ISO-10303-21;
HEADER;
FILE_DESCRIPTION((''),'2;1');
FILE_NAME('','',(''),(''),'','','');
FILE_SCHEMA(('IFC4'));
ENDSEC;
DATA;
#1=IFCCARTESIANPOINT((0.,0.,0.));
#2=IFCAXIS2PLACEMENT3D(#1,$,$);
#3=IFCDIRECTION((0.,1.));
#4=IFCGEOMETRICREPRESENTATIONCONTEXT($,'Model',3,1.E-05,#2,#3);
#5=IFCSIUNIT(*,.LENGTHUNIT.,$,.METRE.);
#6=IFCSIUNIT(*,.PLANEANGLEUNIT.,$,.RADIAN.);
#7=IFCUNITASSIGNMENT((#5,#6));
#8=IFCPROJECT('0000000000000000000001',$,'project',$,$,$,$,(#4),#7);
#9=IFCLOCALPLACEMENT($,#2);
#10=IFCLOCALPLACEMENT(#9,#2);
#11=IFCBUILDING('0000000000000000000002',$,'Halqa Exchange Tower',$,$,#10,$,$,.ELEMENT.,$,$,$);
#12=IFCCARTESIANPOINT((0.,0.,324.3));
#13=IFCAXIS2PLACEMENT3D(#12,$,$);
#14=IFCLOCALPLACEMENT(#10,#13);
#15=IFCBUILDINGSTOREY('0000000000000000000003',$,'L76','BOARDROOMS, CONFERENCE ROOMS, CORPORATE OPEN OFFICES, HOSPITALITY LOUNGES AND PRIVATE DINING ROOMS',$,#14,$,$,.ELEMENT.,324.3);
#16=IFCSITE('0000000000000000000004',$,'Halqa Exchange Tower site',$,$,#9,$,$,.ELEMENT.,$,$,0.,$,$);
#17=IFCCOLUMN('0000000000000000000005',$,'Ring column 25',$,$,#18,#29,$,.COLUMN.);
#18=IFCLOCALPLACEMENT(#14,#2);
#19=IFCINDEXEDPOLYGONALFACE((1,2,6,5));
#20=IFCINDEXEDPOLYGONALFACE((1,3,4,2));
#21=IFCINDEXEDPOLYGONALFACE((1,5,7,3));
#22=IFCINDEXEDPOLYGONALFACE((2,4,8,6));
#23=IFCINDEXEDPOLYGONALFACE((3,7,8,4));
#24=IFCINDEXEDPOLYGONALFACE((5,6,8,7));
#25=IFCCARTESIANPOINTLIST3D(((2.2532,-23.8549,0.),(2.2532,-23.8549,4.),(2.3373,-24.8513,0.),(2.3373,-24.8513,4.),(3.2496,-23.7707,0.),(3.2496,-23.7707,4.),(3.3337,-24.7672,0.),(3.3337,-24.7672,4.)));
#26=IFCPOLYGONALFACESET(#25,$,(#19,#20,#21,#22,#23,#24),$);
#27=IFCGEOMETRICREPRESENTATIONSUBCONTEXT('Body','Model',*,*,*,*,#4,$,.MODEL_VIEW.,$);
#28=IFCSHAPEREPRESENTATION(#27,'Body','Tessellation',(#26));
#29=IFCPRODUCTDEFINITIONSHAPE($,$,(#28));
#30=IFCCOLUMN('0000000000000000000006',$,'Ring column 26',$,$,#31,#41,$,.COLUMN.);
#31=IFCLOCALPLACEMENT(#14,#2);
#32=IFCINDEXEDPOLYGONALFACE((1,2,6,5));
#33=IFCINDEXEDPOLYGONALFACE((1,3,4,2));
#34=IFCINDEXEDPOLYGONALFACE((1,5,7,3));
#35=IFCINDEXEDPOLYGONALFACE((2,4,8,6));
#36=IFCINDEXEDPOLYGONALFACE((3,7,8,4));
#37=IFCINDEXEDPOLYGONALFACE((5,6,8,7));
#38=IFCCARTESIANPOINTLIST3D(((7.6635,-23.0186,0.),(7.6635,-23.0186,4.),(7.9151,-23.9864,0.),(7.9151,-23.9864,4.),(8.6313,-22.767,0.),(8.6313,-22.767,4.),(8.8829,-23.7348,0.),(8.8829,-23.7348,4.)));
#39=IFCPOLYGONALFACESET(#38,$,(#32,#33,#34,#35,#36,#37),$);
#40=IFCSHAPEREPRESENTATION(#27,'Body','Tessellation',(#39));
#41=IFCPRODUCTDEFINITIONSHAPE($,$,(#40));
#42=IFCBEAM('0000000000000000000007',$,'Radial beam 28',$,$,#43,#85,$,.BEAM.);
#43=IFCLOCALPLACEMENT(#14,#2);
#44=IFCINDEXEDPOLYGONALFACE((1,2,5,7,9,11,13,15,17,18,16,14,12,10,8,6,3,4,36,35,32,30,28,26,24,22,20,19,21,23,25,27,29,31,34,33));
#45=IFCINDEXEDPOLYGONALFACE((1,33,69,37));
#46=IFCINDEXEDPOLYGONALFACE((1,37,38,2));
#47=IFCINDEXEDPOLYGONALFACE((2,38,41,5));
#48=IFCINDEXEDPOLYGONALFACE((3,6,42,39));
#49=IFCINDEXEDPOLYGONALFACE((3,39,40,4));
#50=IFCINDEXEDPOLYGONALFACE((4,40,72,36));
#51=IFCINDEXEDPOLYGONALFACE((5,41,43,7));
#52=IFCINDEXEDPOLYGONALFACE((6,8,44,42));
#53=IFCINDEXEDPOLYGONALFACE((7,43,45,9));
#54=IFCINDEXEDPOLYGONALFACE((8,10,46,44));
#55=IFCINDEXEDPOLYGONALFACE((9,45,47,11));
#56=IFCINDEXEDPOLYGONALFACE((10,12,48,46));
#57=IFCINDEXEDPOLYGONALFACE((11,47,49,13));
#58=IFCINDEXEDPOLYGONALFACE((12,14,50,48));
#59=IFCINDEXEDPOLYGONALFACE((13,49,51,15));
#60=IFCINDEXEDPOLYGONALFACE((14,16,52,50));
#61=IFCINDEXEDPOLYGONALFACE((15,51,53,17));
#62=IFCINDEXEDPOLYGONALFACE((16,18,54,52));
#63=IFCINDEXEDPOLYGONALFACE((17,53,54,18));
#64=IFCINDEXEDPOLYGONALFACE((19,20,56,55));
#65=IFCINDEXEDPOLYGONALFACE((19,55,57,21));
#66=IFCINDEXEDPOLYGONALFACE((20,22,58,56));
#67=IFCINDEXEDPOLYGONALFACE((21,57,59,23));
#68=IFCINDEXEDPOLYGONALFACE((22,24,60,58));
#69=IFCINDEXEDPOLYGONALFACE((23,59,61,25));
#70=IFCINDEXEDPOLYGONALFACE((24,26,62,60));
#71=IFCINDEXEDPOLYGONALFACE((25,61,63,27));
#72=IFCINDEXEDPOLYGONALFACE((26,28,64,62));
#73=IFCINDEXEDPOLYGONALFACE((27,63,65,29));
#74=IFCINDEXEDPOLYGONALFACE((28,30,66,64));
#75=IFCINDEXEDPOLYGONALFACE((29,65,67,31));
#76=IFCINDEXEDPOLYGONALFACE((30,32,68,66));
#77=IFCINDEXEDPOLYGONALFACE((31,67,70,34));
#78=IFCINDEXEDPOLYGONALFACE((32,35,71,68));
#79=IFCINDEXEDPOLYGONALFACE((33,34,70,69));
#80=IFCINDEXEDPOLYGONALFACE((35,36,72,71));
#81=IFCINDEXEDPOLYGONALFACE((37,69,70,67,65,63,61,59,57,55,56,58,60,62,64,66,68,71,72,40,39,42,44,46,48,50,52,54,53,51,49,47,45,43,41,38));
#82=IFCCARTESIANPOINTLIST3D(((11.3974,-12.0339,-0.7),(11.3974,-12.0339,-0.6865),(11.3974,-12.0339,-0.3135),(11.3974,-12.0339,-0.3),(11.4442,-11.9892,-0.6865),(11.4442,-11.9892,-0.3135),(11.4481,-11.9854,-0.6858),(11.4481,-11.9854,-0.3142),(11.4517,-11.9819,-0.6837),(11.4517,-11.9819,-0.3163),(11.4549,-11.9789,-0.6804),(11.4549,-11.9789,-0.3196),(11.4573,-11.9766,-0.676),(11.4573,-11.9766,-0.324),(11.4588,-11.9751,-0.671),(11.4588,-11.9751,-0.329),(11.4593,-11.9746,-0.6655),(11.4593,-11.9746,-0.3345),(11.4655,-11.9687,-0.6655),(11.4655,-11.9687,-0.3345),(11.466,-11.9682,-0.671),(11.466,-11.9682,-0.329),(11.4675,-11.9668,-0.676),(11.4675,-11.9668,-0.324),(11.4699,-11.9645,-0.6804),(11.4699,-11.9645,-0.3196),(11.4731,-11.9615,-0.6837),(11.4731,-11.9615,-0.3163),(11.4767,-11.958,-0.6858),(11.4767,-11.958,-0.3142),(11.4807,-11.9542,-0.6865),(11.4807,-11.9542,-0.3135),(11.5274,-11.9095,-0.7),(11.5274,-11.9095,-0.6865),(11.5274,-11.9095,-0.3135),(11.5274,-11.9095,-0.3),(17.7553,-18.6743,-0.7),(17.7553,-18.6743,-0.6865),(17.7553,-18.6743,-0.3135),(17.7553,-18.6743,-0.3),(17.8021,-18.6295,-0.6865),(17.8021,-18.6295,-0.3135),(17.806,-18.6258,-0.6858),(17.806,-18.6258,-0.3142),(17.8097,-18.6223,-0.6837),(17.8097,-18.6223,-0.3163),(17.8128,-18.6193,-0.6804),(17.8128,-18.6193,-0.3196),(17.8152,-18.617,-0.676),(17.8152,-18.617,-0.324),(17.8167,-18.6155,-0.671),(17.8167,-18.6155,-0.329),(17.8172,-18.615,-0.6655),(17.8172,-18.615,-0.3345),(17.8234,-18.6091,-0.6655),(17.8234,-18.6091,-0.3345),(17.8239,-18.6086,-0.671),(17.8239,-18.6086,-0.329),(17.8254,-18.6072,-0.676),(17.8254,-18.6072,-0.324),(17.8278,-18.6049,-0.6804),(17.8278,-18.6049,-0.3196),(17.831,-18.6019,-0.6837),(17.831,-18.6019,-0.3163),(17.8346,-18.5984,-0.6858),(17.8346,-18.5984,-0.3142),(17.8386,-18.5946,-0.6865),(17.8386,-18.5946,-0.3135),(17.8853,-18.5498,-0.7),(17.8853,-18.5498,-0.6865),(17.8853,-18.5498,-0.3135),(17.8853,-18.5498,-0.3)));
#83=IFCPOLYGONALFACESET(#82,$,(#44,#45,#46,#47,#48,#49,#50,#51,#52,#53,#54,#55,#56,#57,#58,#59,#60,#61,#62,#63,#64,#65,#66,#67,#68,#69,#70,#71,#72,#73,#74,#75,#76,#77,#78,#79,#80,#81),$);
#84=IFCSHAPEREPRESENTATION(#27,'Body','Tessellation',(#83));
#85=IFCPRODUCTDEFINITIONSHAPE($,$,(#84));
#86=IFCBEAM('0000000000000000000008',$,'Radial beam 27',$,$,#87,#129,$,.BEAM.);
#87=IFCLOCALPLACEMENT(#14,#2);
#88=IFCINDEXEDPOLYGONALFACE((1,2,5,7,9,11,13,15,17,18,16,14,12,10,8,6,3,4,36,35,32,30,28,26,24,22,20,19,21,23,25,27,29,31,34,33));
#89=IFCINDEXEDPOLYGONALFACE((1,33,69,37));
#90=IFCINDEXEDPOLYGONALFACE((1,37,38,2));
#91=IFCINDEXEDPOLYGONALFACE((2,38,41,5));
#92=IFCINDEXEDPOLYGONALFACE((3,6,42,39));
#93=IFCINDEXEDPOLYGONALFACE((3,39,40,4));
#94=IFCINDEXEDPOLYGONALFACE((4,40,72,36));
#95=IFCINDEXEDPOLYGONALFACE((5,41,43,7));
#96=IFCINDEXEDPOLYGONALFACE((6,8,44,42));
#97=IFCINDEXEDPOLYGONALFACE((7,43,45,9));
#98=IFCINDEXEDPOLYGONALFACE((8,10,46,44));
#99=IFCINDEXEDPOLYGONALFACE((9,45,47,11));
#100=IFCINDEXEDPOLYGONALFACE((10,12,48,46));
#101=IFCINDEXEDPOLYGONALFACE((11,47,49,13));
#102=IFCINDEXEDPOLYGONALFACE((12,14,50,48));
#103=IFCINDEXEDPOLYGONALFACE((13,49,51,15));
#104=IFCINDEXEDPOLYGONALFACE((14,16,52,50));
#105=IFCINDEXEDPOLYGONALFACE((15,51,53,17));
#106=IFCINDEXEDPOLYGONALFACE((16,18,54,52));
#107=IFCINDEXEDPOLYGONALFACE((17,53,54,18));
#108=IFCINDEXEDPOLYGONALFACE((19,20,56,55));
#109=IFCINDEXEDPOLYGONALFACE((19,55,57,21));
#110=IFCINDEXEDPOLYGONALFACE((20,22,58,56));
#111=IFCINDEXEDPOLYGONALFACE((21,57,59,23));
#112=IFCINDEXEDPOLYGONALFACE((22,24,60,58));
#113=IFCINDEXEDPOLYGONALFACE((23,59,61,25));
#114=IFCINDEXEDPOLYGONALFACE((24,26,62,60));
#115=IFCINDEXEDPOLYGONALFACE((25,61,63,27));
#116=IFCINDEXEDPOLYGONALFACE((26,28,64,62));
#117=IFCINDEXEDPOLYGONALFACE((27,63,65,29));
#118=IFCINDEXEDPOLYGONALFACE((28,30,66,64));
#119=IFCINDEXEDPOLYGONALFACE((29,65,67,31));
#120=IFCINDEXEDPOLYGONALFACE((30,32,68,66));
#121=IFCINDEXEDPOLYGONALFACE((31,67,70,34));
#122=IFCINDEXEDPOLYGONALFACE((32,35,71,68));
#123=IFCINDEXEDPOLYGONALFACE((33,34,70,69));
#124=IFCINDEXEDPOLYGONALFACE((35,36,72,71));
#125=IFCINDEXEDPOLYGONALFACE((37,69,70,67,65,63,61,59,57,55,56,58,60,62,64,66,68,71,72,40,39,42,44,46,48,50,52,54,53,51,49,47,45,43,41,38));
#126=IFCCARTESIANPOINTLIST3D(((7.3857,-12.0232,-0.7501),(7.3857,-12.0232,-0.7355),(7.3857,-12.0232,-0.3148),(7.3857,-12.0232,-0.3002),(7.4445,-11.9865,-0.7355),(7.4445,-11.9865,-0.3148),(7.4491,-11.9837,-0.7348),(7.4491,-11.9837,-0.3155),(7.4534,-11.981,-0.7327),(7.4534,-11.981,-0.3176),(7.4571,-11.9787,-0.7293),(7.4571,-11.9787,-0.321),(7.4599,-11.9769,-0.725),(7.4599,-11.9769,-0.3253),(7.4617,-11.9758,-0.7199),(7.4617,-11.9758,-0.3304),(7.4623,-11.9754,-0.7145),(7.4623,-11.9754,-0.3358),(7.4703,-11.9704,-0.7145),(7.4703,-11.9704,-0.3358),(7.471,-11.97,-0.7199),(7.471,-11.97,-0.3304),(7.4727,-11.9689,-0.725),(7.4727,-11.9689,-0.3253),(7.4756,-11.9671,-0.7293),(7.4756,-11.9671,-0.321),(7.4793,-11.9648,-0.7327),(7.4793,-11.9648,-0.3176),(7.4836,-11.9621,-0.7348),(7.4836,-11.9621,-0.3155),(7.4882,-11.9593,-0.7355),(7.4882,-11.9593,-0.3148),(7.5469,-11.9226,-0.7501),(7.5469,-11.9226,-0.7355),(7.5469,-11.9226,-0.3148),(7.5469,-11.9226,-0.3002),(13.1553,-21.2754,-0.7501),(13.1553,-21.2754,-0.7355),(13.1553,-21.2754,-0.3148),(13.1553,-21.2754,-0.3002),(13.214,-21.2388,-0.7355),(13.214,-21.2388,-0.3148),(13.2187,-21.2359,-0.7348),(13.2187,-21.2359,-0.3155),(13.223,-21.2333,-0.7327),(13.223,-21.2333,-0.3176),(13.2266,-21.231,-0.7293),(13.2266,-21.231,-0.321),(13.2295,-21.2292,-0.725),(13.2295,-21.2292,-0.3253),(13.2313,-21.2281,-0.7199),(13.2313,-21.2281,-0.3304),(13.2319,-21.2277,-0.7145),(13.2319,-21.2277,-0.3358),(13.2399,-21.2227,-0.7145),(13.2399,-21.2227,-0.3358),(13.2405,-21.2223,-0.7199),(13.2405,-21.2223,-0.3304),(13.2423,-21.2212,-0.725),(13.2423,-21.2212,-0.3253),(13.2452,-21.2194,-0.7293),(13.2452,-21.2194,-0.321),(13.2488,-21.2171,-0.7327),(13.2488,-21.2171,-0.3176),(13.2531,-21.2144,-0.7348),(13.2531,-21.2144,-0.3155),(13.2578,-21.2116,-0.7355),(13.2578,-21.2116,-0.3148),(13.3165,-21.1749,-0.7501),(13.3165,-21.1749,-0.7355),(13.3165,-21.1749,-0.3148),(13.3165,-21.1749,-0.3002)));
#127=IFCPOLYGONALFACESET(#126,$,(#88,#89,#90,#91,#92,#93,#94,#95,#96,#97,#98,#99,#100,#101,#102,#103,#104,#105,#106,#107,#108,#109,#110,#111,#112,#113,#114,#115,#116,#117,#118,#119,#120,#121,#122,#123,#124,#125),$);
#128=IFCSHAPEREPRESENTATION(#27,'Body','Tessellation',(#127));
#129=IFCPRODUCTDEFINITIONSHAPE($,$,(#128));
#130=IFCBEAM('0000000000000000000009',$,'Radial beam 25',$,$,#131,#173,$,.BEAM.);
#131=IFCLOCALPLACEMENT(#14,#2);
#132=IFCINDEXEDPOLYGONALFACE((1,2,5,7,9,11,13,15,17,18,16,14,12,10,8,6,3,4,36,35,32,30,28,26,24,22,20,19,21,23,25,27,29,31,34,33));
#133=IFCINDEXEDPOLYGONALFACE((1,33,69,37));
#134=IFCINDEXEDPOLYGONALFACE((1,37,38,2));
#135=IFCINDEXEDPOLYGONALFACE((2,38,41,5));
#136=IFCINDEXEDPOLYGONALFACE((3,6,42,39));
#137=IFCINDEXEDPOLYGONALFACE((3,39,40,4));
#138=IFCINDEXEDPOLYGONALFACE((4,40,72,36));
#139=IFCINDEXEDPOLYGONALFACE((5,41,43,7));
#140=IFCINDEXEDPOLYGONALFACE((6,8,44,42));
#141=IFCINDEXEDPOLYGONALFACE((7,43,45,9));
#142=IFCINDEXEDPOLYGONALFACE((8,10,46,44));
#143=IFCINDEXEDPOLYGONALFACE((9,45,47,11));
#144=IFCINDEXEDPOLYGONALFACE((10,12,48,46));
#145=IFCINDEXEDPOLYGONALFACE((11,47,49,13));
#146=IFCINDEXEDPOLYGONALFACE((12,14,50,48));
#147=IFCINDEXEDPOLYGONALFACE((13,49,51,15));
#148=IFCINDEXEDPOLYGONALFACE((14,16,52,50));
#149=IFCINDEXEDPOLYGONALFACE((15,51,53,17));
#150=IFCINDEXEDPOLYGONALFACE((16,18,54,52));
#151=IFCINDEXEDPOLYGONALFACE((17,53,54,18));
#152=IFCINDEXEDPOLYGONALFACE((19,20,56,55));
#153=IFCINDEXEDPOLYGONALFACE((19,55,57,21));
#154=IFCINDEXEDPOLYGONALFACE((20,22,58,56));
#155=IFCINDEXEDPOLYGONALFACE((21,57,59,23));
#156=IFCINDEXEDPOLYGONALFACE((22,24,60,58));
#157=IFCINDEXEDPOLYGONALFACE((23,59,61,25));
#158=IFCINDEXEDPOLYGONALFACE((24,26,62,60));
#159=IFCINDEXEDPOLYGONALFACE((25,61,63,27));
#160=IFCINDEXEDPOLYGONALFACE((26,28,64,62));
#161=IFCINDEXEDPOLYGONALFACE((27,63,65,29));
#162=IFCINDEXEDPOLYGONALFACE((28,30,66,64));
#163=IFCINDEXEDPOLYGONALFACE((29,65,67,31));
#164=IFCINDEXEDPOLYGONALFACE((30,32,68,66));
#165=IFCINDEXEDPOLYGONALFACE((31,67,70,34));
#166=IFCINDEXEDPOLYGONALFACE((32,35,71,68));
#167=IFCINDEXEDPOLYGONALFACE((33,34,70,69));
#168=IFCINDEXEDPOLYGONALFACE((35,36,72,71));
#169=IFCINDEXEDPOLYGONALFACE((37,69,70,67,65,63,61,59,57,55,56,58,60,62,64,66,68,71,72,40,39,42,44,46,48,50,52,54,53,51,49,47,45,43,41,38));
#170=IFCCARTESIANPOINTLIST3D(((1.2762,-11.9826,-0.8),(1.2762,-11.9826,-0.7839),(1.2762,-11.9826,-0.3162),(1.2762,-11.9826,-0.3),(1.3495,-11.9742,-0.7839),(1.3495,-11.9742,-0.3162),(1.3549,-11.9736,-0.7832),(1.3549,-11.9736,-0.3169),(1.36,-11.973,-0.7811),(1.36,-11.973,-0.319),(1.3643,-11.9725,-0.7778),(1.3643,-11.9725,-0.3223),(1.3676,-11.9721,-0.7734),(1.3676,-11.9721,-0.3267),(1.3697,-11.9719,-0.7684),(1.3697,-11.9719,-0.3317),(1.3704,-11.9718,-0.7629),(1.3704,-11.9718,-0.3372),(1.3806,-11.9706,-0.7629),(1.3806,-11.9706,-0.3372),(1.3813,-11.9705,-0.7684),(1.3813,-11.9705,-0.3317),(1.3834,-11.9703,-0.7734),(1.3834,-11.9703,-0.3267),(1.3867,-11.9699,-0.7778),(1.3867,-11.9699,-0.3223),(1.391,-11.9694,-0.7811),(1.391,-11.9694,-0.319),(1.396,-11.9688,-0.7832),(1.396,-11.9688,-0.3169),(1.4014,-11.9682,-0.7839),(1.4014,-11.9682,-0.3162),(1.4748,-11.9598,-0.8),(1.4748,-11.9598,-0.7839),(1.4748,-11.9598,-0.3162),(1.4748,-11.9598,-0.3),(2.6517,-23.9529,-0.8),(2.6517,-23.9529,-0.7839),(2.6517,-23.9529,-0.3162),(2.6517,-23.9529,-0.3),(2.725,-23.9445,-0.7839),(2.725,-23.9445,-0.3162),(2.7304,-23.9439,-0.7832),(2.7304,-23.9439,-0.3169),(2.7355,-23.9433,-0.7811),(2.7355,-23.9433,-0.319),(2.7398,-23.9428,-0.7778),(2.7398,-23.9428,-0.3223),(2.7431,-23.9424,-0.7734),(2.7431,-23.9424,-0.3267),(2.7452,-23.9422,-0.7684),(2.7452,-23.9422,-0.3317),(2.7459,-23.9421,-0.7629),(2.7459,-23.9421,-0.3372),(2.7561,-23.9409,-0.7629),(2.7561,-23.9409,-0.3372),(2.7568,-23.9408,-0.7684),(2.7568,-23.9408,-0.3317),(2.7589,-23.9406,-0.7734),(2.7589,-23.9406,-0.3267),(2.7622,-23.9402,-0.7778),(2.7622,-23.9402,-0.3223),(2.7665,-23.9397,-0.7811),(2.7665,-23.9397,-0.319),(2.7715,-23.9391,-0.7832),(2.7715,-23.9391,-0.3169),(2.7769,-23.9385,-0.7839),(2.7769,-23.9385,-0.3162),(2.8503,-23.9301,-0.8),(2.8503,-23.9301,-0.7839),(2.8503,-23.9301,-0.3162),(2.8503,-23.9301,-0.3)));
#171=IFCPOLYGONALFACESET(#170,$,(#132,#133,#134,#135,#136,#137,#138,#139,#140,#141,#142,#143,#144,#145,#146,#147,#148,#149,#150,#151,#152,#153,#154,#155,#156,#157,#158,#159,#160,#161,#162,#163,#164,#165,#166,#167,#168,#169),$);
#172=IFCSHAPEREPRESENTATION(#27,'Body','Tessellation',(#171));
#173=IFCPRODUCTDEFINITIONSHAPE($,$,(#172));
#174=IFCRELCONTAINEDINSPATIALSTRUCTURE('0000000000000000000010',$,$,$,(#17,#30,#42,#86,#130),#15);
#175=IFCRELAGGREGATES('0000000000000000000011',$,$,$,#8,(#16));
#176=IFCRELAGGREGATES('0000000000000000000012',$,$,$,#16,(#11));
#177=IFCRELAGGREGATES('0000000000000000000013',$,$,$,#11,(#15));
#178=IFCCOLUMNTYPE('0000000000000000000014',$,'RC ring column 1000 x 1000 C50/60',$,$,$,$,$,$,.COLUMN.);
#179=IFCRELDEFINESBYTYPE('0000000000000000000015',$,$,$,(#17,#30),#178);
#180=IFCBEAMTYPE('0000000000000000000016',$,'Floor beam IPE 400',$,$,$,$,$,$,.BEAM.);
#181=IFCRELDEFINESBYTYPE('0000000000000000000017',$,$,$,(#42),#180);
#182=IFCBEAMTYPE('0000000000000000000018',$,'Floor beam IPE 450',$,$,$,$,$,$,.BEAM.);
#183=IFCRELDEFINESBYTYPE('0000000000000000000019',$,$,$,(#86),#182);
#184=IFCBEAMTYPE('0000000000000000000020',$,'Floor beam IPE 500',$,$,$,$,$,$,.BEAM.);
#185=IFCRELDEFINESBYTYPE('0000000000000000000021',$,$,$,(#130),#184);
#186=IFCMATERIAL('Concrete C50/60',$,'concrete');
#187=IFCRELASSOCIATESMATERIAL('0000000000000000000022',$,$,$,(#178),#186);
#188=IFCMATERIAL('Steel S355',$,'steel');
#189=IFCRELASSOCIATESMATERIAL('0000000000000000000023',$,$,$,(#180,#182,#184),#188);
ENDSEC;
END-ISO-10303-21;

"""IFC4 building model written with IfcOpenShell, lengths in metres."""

from ifc_helpers import new_model, si_unit, direction, frame, origin, origin_2d, place, context, subcontext, project, spatial, rectangle, i_section, extrude, material, material_profile, profile_set, type_object, element, save


model = new_model("IFC4")

# Units and contexts
model_context = context("Model", 3, precision=1e-05, world=origin(), true_north=direction((0.0, 1.0)))
body_context = subcontext(model_context, "Body", "Model", "MODEL_VIEW")
ifc_project = project(units=[si_unit("LENGTHUNIT", "METRE"), si_unit("PLANEANGLEUNIT", "RADIAN")], contexts=[model_context])

# Site, building, storey
site_placement = place(None, origin())
site = spatial("IfcSite", under=ifc_project, at=site_placement, Name="Halqa Exchange Tower site", CompositionType="ELEMENT", RefElevation=0.0)
building_placement = place(site_placement, origin())
building = spatial("IfcBuilding", under=site, at=building_placement, Name="Halqa Exchange Tower", CompositionType="ELEMENT")
storey_placement = place(building_placement, frame((0.0, 0.0, 324.3)))
storey = spatial("IfcBuildingStorey", under=building, at=storey_placement, Name="L76", Description="BOARDROOMS, CONFERENCE ROOMS, CORPORATE OPEN OFFICES, HOSPITALITY LOUNGES AND PRIVATE DINING ROOMS", CompositionType="ELEMENT", Elevation=324.3)

# Columns
ifc_material_1 = material(Name="Concrete C50/60", Category="concrete")
ifc_material_profile_1 = material_profile(ifc_material_1, rectangle(XDim=1.0, YDim=1.0, at=origin_2d()), Name="1000 x 1000")
ifc_profile_set_1 = profile_set([ifc_material_profile_1], Name="Concrete C50/60")
column_type = type_object("IfcColumnType", Name="RC ring column 1000 x 1000 C50/60", PredefinedType="COLUMN", material=ifc_profile_set_1)
for number, where, z_axis, x_axis, name in (
    (1, (2.7935, -24.311, 0.0), (0.0, 0.0, 1.0), (0.996455, 0.084127, 0.0), "Ring column 25"),
    (2, (8.2732, -23.3767, 0.0), (0.0, 0.0, 1.0), (0.967819, 0.251647, 0.0), "Ring column 26"),
):
    element("IfcColumn", number, at=place(storey_placement, frame(where, z_axis=z_axis, x_axis=x_axis)), inside=storey, type_object=column_type, Name=name, PredefinedType="COLUMN", context=body_context, shape_type="SweptSolid", body=[
        extrude(rectangle(XDim=1.0, YDim=1.0, at=origin_2d()), origin(), (0.0, 0.0, 1.0), 4.0),
    ])

# Beams
ifc_material_2 = material(Name="Steel S355", Category="steel")
ifc_material_profile_2 = material_profile(ifc_material_2, i_section(OverallWidth=0.1799, OverallDepth=0.3999, WebThickness=0.0085, FlangeThickness=0.0134, FilletRadius=0.021, at=origin_2d()), Name="IPE 400")
ifc_profile_set_2 = profile_set([ifc_material_profile_2], Name="Steel S355")
beam_type_1 = type_object("IfcBeamType", Name="Floor beam IPE 400", PredefinedType="BEAM", material=ifc_profile_set_2)
beam_1_placement = place(storey_placement, frame((11.4624, -11.9717, -0.5), z_axis=(0.691577, -0.722303, 0.0), x_axis=(0.722303, 0.691577, 0.0)))
element("IfcBeam", 3, at=beam_1_placement, inside=storey, type_object=beam_type_1, Name="Radial beam 28", PredefinedType="BEAM", context=body_context, shape_type="SweptSolid", body=[
    extrude(i_section(OverallWidth=0.1799, OverallDepth=0.3999, WebThickness=0.0085, FlangeThickness=0.0134, FilletRadius=0.021, at=origin_2d()), origin(), (0.0, 0.0, 1.0), 9.1934),
])
ifc_material_profile_3 = material_profile(ifc_material_2, i_section(OverallWidth=0.1899, OverallDepth=0.45, WebThickness=0.0095, FlangeThickness=0.0146, FilletRadius=0.021, at=origin_2d()), Name="IPE 450")
ifc_profile_set_3 = profile_set([ifc_material_profile_3], Name="Steel S355")
beam_type_2 = type_object("IfcBeamType", Name="Floor beam IPE 450", PredefinedType="BEAM", material=ifc_profile_set_3)
beam_2_placement = place(storey_placement, frame((7.4663, -11.9729, -0.5251), z_axis=(0.529135, -0.848538, 0.0), x_axis=(0.848538, 0.529135, 0.0)))
element("IfcBeam", 4, at=beam_2_placement, inside=storey, type_object=beam_type_2, Name="Radial beam 27", PredefinedType="BEAM", context=body_context, shape_type="SweptSolid", body=[
    extrude(i_section(OverallWidth=0.1899, OverallDepth=0.45, WebThickness=0.0095, FlangeThickness=0.0146, FilletRadius=0.021, at=origin_2d()), origin(), (0.0, 0.0, 1.0), 10.9038),
])
ifc_material_profile_4 = material_profile(ifc_material_2, i_section(OverallWidth=0.2, OverallDepth=0.5, WebThickness=0.0103, FlangeThickness=0.0161, FilletRadius=0.021, at=origin_2d()), Name="IPE 500")
ifc_profile_set_4 = profile_set([ifc_material_profile_4], Name="Steel S355")
beam_type_3 = type_object("IfcBeamType", Name="Floor beam IPE 500", PredefinedType="BEAM", material=ifc_profile_set_4)
beam_3_placement = place(storey_placement, frame((1.3755, -11.9712, -0.55), z_axis=(0.114158, -0.993463, 0.0), x_axis=(0.993463, 0.114158, 0.0)))
element("IfcBeam", 5, at=beam_3_placement, inside=storey, type_object=beam_type_3, Name="Radial beam 25", PredefinedType="BEAM", context=body_context, shape_type="SweptSolid", body=[
    extrude(i_section(OverallWidth=0.2, OverallDepth=0.5, WebThickness=0.0103, FlangeThickness=0.0161, FilletRadius=0.021, at=origin_2d()), origin(), (0.0, 0.0, 1.0), 12.0491),
])

save(model, "model.ifc")
